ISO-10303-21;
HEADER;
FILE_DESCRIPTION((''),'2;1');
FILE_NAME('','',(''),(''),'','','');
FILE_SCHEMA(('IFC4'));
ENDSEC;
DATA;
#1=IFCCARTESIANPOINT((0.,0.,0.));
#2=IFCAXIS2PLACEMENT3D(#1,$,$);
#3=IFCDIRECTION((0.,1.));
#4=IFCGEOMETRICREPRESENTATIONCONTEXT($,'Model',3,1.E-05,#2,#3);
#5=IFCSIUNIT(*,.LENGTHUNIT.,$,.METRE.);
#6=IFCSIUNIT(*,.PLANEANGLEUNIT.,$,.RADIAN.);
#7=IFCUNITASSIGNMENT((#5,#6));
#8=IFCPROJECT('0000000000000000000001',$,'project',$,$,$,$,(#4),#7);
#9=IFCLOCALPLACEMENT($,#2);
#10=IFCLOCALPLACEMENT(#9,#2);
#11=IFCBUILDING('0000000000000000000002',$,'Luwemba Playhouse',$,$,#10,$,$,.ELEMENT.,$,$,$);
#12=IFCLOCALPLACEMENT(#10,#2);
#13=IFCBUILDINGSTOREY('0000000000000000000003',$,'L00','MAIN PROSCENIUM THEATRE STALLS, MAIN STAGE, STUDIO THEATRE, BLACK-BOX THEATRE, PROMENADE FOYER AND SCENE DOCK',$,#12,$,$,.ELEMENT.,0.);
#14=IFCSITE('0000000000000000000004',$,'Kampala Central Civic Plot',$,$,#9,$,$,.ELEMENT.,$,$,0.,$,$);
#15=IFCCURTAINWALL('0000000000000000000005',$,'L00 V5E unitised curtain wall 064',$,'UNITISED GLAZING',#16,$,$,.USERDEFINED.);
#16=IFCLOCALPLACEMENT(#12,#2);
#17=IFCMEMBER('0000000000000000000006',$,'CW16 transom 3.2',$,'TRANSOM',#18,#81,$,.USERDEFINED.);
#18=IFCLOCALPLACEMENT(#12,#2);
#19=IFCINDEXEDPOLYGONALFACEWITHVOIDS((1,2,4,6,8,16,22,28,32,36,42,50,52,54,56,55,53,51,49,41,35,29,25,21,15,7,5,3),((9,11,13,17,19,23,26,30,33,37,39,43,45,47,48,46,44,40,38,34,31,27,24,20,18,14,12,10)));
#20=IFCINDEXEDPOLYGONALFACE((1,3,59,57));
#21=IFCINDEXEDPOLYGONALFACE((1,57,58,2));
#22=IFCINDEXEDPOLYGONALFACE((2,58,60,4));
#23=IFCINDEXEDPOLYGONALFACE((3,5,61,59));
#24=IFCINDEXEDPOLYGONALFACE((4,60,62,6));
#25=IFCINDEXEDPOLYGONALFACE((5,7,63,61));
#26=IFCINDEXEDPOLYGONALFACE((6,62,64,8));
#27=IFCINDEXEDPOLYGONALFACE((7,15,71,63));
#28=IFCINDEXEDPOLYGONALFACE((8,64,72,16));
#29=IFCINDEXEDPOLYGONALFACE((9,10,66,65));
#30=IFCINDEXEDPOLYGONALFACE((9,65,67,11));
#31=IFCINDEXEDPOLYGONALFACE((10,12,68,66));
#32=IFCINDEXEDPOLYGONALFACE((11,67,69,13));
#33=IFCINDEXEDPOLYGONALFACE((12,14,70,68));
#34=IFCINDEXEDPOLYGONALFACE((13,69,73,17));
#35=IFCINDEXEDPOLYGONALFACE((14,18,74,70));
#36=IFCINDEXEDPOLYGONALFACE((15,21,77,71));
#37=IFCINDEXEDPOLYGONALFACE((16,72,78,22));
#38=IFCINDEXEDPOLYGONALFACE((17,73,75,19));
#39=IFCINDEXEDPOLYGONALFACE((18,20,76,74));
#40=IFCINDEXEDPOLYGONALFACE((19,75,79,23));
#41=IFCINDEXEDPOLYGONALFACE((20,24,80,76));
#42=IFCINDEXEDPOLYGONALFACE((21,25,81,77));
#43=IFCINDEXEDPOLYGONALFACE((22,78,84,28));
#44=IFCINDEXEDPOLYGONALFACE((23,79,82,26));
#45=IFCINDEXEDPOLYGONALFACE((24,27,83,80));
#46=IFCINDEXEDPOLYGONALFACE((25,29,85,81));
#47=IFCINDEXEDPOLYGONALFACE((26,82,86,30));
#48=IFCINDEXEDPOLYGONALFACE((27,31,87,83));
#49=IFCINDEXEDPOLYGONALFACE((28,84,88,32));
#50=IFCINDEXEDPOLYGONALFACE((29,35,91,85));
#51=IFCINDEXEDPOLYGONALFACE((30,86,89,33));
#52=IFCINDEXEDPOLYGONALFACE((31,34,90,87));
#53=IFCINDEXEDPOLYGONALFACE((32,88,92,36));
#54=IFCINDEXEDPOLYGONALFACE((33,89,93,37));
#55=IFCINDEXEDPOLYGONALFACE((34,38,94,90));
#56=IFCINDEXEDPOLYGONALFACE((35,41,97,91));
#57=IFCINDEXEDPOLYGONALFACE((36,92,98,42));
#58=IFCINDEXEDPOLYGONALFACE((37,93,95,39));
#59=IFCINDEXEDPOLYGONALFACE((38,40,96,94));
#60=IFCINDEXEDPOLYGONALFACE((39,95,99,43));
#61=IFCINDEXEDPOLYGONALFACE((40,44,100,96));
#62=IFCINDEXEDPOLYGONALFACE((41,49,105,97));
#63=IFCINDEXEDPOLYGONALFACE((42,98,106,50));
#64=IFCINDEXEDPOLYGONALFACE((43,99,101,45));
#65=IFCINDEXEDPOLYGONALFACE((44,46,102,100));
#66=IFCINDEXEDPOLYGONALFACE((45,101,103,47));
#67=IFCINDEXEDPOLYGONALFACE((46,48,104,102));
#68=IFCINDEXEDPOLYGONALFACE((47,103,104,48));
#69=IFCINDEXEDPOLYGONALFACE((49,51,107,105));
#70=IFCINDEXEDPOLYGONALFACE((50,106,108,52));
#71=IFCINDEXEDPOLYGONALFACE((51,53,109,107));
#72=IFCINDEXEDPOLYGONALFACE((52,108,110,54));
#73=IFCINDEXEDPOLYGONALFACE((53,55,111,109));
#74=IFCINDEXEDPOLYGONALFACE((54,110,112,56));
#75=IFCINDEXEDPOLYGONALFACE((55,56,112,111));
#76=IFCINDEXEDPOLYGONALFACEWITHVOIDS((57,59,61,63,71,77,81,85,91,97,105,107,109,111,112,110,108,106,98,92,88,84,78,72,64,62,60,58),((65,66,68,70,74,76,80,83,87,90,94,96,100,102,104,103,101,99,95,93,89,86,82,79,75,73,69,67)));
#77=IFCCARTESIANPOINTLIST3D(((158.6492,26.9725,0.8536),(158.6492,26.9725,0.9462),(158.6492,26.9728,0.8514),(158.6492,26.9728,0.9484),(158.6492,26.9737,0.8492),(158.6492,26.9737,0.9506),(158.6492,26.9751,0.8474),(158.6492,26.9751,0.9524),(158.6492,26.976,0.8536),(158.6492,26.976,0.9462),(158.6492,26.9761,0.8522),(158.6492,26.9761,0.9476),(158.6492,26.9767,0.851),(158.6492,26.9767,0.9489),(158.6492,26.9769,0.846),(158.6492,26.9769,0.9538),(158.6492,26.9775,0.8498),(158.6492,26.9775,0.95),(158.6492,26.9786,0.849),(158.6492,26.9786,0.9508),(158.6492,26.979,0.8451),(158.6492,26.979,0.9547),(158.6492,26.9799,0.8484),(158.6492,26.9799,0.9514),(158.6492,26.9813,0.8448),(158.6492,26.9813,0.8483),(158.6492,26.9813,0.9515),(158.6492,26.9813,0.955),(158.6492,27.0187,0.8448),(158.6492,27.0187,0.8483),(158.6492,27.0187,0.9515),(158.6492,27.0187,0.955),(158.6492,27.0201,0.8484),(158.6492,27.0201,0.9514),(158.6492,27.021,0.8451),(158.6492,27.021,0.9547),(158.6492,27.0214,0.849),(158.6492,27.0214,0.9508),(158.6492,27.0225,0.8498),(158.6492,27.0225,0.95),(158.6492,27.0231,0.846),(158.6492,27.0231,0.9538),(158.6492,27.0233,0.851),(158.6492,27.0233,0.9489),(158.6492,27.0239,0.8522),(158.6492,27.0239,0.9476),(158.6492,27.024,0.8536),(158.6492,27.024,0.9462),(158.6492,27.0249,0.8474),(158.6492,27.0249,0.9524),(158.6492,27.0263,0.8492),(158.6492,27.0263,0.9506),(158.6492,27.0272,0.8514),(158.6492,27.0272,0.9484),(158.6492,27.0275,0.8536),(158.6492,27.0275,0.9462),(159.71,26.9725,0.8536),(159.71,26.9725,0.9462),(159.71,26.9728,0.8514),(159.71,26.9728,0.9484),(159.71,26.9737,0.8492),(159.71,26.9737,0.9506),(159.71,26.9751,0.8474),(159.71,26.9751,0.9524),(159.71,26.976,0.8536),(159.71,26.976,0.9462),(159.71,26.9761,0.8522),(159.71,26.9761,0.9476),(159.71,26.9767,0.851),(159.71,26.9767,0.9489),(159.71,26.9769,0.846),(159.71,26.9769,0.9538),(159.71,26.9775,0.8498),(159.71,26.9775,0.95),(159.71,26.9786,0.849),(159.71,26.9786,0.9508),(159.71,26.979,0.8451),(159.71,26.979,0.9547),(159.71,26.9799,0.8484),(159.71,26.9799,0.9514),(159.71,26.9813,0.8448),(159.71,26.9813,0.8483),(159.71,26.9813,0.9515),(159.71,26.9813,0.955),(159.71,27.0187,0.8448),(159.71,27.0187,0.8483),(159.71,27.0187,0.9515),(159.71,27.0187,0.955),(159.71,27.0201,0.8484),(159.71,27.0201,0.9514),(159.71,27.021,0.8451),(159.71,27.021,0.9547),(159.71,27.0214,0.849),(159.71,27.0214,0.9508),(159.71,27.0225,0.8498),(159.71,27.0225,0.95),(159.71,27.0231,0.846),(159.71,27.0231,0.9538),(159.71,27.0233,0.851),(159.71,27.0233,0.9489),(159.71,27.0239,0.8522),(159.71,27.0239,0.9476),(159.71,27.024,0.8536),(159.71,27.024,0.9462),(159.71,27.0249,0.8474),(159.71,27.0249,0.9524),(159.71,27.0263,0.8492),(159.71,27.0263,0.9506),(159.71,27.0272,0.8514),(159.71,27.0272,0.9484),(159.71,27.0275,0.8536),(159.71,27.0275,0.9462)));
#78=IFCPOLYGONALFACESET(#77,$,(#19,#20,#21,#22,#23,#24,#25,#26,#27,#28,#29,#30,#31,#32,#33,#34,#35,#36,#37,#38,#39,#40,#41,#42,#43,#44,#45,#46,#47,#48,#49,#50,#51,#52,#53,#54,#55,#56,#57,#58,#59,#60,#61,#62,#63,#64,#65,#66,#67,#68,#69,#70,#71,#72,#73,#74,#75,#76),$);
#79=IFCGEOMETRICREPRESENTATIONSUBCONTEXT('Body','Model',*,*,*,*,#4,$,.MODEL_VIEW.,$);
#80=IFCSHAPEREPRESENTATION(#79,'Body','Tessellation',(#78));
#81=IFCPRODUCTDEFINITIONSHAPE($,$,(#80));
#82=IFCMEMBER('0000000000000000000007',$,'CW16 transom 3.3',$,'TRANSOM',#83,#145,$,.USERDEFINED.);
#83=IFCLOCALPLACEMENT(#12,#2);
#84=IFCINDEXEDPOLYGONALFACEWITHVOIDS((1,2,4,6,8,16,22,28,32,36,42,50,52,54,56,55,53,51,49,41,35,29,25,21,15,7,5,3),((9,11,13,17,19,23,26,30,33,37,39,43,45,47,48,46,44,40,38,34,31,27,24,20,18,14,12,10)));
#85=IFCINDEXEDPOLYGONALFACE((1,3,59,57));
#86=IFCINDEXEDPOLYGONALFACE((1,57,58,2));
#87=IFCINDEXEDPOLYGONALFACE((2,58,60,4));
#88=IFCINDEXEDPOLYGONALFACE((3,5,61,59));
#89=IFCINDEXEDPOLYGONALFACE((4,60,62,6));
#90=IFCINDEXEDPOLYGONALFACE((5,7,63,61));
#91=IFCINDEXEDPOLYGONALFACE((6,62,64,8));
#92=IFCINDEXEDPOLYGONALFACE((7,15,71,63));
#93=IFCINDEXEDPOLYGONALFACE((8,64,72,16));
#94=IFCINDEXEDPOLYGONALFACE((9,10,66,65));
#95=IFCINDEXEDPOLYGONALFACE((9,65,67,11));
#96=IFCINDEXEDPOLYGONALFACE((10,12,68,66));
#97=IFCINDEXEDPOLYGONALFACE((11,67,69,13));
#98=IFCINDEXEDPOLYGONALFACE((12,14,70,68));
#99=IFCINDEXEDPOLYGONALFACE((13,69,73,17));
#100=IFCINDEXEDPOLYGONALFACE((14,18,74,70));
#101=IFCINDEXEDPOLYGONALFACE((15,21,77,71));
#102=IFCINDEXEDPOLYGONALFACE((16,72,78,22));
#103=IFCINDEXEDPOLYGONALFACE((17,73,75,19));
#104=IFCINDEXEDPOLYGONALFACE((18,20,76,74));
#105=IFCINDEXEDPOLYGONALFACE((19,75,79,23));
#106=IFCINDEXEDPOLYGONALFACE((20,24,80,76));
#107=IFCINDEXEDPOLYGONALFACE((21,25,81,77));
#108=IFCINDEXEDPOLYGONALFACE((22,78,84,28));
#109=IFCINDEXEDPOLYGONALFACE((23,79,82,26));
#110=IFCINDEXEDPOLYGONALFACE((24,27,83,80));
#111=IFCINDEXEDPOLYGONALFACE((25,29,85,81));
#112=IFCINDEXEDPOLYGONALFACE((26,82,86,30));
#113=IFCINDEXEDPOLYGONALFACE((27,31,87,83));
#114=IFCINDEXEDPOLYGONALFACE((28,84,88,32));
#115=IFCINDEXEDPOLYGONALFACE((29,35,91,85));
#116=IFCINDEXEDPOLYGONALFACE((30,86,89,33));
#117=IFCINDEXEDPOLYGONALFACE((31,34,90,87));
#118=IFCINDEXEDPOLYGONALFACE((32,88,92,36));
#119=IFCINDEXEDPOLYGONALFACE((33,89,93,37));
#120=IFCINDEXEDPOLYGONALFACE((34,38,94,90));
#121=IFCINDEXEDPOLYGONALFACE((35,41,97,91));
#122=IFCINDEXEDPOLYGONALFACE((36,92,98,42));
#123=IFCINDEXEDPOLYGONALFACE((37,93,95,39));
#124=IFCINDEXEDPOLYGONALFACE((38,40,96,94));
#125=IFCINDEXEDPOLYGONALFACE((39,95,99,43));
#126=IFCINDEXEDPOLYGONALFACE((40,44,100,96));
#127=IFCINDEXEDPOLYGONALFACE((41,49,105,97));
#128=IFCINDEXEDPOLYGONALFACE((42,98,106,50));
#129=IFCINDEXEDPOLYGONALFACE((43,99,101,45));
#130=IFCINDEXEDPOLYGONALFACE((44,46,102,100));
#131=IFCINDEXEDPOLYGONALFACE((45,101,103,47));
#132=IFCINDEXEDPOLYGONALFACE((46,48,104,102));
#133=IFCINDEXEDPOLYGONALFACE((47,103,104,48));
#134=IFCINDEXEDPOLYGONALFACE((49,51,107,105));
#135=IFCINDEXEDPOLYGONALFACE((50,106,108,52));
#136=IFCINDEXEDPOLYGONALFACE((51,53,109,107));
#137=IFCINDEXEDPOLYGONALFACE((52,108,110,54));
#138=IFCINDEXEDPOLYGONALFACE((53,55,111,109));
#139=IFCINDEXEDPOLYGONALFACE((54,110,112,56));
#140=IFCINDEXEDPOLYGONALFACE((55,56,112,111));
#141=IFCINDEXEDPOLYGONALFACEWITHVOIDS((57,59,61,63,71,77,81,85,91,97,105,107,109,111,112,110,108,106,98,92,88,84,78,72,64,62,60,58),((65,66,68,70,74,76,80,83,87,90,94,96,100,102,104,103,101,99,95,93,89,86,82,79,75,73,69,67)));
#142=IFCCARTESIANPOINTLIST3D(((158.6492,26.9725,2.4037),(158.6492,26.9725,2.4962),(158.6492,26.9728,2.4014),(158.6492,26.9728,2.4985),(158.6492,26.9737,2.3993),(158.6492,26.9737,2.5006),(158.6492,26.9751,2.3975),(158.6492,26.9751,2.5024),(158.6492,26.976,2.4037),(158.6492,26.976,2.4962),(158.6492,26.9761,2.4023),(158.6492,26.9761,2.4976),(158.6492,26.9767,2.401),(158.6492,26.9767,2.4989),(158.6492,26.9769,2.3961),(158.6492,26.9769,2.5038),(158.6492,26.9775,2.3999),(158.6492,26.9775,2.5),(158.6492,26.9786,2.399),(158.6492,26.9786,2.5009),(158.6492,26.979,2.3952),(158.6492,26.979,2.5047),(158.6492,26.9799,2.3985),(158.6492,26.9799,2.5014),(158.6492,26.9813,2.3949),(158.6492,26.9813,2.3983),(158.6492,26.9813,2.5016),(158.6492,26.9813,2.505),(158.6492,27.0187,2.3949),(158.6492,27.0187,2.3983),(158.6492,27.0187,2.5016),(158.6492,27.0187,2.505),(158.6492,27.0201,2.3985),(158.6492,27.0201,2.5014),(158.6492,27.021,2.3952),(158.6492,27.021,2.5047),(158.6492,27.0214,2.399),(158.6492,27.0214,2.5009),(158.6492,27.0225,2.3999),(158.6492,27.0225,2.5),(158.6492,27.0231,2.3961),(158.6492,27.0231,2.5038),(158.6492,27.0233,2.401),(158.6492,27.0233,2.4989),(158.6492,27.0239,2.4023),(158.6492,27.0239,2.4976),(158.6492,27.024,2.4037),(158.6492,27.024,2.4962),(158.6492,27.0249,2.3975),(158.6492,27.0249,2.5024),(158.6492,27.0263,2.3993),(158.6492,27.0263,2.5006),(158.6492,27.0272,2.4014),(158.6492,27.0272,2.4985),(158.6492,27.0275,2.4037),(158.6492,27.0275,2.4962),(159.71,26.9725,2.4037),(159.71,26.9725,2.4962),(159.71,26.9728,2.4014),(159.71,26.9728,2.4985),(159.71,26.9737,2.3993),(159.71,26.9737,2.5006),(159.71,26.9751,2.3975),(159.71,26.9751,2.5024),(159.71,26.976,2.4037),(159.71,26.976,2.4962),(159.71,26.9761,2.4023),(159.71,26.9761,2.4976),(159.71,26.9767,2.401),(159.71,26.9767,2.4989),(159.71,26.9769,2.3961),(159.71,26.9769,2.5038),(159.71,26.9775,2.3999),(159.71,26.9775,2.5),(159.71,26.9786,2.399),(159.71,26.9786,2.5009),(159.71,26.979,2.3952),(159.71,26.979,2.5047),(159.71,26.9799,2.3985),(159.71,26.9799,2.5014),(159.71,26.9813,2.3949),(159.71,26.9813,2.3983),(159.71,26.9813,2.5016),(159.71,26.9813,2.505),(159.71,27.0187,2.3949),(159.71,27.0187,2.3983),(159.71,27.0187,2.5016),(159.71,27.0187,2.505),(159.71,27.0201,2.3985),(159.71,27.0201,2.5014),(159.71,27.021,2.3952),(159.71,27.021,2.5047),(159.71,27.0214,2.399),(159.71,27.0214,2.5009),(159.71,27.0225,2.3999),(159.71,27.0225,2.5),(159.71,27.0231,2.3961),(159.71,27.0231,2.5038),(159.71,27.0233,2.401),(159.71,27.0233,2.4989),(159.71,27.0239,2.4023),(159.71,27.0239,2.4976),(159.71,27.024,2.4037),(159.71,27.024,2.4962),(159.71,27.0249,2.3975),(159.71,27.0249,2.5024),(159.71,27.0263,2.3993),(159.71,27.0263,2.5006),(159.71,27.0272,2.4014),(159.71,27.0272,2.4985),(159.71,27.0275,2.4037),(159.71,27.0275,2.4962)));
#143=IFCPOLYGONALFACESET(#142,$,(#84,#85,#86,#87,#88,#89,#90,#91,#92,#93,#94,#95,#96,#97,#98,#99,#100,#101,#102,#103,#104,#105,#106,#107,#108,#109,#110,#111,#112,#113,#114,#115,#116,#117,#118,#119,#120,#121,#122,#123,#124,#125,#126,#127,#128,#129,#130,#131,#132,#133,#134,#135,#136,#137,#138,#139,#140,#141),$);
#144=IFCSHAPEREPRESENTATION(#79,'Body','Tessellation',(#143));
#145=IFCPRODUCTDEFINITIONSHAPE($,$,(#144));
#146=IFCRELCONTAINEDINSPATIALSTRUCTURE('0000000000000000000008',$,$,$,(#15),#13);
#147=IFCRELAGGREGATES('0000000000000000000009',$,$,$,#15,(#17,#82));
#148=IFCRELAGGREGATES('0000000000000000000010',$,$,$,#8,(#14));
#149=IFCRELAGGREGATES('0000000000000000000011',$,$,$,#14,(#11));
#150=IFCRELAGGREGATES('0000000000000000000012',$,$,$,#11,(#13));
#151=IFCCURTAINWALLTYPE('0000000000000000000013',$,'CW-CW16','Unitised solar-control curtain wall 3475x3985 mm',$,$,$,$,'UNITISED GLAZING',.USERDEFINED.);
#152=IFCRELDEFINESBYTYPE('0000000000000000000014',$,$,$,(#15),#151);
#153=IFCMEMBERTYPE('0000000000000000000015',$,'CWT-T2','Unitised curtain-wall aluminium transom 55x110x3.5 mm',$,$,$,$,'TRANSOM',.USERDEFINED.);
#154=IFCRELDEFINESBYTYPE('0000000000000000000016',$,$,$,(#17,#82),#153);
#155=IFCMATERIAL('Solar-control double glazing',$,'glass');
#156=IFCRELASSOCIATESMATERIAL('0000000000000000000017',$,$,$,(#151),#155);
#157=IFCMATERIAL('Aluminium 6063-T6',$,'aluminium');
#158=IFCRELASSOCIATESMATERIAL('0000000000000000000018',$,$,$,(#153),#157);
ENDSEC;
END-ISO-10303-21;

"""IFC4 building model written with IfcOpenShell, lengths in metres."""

from ifc_helpers import new_model, si_unit, direction, frame, origin, origin_2d, place, context, subcontext, project, spatial, hollow_rectangle, extrude, material, material_profile, profile_set, type_object, element, aggregate, save


model = new_model("IFC4")

# Units and contexts
model_context = context("Model", 3, precision=1e-05, world=origin(), true_north=direction((0.0, 1.0)))
body_context = subcontext(model_context, "Body", "Model", "MODEL_VIEW")
ifc_project = project(units=[si_unit("LENGTHUNIT", "METRE"), si_unit("PLANEANGLEUNIT", "RADIAN")], contexts=[model_context])

# Site, building, storey
site_placement = place(None, origin())
site = spatial("IfcSite", under=ifc_project, at=site_placement, Name="Kampala Central Civic Plot", CompositionType="ELEMENT", RefElevation=0.0)
building_placement = place(site_placement, origin())
building = spatial("IfcBuilding", under=site, at=building_placement, Name="Luwemba Playhouse", CompositionType="ELEMENT")
storey_placement = place(building_placement, origin())
storey = spatial("IfcBuildingStorey", under=building, at=storey_placement, Name="L00", Description="MAIN PROSCENIUM THEATRE STALLS, MAIN STAGE, STUDIO THEATRE, BLACK-BOX THEATRE, PROMENADE FOYER AND SCENE DOCK", CompositionType="ELEMENT", Elevation=0.0)

# Curtain wall, members
ifc_material_1 = material(Name="Solar-control double glazing", Category="glass")
curtain_wall_type = type_object("IfcCurtainWallType", Name="CW-CW16", Description="Unitised solar-control curtain wall 3475x3985 mm", ElementType="UNITISED GLAZING", PredefinedType="USERDEFINED", material=ifc_material_1)
curtain_wall_placement = place(storey_placement, origin())
curtain_wall = element("IfcCurtainWall", 1, at=curtain_wall_placement, inside=storey, type_object=curtain_wall_type, Name="L00 V5E unitised curtain wall 064", ObjectType="UNITISED GLAZING", PredefinedType="USERDEFINED")
ifc_material_2 = material(Name="Aluminium 6063-T6", Category="aluminium")
ifc_material_profile_1 = material_profile(ifc_material_2, hollow_rectangle(XDim=0.0549, YDim=0.1101, WallThickness=0.0034, InnerFilletRadius=0.0054, OuterFilletRadius=0.0088, at=origin_2d()))
ifc_profile_set_1 = profile_set([ifc_material_profile_1], Name="Aluminium 6063-T6")
member_type_1 = type_object("IfcMemberType", Name="CWT-T2", Description="Unitised curtain-wall aluminium transom 55x110x3.5 mm", ElementType="TRANSOM", PredefinedType="USERDEFINED", material=ifc_profile_set_1)
member_1_placement = place(storey_placement, frame((158.6492, 27.0, 0.8999), z_axis=(1.0, 0.0, 0.0), x_axis=(0.0, 1.0, 0.0)))
member_1 = element("IfcMember", 2, at=member_1_placement, type_object=member_type_1, Name="CW16 transom 3.2", ObjectType="TRANSOM", PredefinedType="USERDEFINED", context=body_context, shape_type="SweptSolid", body=[
    extrude(hollow_rectangle(XDim=0.0549, YDim=0.1101, WallThickness=0.0034, InnerFilletRadius=0.0054, OuterFilletRadius=0.0088, at=origin_2d()), origin(), (0.0, 0.0, 1.0), 1.0608),
])
member_2_placement = place(storey_placement, frame((158.6492, 27.0, 2.45), z_axis=(1.0, 0.0, 0.0), x_axis=(0.0, 1.0, 0.0)))
member_2 = element("IfcMember", 3, at=member_2_placement, type_object=member_type_1, Name="CW16 transom 3.3", ObjectType="TRANSOM", PredefinedType="USERDEFINED", context=body_context, shape_type="SweptSolid", body=[
    extrude(hollow_rectangle(XDim=0.0549, YDim=0.1101, WallThickness=0.0034, InnerFilletRadius=0.0054, OuterFilletRadius=0.0088, at=origin_2d()), origin(), (0.0, 0.0, 1.0), 1.0608),
])
aggregate(curtain_wall, [member_1, member_2])

save(model, "model.ifc")
